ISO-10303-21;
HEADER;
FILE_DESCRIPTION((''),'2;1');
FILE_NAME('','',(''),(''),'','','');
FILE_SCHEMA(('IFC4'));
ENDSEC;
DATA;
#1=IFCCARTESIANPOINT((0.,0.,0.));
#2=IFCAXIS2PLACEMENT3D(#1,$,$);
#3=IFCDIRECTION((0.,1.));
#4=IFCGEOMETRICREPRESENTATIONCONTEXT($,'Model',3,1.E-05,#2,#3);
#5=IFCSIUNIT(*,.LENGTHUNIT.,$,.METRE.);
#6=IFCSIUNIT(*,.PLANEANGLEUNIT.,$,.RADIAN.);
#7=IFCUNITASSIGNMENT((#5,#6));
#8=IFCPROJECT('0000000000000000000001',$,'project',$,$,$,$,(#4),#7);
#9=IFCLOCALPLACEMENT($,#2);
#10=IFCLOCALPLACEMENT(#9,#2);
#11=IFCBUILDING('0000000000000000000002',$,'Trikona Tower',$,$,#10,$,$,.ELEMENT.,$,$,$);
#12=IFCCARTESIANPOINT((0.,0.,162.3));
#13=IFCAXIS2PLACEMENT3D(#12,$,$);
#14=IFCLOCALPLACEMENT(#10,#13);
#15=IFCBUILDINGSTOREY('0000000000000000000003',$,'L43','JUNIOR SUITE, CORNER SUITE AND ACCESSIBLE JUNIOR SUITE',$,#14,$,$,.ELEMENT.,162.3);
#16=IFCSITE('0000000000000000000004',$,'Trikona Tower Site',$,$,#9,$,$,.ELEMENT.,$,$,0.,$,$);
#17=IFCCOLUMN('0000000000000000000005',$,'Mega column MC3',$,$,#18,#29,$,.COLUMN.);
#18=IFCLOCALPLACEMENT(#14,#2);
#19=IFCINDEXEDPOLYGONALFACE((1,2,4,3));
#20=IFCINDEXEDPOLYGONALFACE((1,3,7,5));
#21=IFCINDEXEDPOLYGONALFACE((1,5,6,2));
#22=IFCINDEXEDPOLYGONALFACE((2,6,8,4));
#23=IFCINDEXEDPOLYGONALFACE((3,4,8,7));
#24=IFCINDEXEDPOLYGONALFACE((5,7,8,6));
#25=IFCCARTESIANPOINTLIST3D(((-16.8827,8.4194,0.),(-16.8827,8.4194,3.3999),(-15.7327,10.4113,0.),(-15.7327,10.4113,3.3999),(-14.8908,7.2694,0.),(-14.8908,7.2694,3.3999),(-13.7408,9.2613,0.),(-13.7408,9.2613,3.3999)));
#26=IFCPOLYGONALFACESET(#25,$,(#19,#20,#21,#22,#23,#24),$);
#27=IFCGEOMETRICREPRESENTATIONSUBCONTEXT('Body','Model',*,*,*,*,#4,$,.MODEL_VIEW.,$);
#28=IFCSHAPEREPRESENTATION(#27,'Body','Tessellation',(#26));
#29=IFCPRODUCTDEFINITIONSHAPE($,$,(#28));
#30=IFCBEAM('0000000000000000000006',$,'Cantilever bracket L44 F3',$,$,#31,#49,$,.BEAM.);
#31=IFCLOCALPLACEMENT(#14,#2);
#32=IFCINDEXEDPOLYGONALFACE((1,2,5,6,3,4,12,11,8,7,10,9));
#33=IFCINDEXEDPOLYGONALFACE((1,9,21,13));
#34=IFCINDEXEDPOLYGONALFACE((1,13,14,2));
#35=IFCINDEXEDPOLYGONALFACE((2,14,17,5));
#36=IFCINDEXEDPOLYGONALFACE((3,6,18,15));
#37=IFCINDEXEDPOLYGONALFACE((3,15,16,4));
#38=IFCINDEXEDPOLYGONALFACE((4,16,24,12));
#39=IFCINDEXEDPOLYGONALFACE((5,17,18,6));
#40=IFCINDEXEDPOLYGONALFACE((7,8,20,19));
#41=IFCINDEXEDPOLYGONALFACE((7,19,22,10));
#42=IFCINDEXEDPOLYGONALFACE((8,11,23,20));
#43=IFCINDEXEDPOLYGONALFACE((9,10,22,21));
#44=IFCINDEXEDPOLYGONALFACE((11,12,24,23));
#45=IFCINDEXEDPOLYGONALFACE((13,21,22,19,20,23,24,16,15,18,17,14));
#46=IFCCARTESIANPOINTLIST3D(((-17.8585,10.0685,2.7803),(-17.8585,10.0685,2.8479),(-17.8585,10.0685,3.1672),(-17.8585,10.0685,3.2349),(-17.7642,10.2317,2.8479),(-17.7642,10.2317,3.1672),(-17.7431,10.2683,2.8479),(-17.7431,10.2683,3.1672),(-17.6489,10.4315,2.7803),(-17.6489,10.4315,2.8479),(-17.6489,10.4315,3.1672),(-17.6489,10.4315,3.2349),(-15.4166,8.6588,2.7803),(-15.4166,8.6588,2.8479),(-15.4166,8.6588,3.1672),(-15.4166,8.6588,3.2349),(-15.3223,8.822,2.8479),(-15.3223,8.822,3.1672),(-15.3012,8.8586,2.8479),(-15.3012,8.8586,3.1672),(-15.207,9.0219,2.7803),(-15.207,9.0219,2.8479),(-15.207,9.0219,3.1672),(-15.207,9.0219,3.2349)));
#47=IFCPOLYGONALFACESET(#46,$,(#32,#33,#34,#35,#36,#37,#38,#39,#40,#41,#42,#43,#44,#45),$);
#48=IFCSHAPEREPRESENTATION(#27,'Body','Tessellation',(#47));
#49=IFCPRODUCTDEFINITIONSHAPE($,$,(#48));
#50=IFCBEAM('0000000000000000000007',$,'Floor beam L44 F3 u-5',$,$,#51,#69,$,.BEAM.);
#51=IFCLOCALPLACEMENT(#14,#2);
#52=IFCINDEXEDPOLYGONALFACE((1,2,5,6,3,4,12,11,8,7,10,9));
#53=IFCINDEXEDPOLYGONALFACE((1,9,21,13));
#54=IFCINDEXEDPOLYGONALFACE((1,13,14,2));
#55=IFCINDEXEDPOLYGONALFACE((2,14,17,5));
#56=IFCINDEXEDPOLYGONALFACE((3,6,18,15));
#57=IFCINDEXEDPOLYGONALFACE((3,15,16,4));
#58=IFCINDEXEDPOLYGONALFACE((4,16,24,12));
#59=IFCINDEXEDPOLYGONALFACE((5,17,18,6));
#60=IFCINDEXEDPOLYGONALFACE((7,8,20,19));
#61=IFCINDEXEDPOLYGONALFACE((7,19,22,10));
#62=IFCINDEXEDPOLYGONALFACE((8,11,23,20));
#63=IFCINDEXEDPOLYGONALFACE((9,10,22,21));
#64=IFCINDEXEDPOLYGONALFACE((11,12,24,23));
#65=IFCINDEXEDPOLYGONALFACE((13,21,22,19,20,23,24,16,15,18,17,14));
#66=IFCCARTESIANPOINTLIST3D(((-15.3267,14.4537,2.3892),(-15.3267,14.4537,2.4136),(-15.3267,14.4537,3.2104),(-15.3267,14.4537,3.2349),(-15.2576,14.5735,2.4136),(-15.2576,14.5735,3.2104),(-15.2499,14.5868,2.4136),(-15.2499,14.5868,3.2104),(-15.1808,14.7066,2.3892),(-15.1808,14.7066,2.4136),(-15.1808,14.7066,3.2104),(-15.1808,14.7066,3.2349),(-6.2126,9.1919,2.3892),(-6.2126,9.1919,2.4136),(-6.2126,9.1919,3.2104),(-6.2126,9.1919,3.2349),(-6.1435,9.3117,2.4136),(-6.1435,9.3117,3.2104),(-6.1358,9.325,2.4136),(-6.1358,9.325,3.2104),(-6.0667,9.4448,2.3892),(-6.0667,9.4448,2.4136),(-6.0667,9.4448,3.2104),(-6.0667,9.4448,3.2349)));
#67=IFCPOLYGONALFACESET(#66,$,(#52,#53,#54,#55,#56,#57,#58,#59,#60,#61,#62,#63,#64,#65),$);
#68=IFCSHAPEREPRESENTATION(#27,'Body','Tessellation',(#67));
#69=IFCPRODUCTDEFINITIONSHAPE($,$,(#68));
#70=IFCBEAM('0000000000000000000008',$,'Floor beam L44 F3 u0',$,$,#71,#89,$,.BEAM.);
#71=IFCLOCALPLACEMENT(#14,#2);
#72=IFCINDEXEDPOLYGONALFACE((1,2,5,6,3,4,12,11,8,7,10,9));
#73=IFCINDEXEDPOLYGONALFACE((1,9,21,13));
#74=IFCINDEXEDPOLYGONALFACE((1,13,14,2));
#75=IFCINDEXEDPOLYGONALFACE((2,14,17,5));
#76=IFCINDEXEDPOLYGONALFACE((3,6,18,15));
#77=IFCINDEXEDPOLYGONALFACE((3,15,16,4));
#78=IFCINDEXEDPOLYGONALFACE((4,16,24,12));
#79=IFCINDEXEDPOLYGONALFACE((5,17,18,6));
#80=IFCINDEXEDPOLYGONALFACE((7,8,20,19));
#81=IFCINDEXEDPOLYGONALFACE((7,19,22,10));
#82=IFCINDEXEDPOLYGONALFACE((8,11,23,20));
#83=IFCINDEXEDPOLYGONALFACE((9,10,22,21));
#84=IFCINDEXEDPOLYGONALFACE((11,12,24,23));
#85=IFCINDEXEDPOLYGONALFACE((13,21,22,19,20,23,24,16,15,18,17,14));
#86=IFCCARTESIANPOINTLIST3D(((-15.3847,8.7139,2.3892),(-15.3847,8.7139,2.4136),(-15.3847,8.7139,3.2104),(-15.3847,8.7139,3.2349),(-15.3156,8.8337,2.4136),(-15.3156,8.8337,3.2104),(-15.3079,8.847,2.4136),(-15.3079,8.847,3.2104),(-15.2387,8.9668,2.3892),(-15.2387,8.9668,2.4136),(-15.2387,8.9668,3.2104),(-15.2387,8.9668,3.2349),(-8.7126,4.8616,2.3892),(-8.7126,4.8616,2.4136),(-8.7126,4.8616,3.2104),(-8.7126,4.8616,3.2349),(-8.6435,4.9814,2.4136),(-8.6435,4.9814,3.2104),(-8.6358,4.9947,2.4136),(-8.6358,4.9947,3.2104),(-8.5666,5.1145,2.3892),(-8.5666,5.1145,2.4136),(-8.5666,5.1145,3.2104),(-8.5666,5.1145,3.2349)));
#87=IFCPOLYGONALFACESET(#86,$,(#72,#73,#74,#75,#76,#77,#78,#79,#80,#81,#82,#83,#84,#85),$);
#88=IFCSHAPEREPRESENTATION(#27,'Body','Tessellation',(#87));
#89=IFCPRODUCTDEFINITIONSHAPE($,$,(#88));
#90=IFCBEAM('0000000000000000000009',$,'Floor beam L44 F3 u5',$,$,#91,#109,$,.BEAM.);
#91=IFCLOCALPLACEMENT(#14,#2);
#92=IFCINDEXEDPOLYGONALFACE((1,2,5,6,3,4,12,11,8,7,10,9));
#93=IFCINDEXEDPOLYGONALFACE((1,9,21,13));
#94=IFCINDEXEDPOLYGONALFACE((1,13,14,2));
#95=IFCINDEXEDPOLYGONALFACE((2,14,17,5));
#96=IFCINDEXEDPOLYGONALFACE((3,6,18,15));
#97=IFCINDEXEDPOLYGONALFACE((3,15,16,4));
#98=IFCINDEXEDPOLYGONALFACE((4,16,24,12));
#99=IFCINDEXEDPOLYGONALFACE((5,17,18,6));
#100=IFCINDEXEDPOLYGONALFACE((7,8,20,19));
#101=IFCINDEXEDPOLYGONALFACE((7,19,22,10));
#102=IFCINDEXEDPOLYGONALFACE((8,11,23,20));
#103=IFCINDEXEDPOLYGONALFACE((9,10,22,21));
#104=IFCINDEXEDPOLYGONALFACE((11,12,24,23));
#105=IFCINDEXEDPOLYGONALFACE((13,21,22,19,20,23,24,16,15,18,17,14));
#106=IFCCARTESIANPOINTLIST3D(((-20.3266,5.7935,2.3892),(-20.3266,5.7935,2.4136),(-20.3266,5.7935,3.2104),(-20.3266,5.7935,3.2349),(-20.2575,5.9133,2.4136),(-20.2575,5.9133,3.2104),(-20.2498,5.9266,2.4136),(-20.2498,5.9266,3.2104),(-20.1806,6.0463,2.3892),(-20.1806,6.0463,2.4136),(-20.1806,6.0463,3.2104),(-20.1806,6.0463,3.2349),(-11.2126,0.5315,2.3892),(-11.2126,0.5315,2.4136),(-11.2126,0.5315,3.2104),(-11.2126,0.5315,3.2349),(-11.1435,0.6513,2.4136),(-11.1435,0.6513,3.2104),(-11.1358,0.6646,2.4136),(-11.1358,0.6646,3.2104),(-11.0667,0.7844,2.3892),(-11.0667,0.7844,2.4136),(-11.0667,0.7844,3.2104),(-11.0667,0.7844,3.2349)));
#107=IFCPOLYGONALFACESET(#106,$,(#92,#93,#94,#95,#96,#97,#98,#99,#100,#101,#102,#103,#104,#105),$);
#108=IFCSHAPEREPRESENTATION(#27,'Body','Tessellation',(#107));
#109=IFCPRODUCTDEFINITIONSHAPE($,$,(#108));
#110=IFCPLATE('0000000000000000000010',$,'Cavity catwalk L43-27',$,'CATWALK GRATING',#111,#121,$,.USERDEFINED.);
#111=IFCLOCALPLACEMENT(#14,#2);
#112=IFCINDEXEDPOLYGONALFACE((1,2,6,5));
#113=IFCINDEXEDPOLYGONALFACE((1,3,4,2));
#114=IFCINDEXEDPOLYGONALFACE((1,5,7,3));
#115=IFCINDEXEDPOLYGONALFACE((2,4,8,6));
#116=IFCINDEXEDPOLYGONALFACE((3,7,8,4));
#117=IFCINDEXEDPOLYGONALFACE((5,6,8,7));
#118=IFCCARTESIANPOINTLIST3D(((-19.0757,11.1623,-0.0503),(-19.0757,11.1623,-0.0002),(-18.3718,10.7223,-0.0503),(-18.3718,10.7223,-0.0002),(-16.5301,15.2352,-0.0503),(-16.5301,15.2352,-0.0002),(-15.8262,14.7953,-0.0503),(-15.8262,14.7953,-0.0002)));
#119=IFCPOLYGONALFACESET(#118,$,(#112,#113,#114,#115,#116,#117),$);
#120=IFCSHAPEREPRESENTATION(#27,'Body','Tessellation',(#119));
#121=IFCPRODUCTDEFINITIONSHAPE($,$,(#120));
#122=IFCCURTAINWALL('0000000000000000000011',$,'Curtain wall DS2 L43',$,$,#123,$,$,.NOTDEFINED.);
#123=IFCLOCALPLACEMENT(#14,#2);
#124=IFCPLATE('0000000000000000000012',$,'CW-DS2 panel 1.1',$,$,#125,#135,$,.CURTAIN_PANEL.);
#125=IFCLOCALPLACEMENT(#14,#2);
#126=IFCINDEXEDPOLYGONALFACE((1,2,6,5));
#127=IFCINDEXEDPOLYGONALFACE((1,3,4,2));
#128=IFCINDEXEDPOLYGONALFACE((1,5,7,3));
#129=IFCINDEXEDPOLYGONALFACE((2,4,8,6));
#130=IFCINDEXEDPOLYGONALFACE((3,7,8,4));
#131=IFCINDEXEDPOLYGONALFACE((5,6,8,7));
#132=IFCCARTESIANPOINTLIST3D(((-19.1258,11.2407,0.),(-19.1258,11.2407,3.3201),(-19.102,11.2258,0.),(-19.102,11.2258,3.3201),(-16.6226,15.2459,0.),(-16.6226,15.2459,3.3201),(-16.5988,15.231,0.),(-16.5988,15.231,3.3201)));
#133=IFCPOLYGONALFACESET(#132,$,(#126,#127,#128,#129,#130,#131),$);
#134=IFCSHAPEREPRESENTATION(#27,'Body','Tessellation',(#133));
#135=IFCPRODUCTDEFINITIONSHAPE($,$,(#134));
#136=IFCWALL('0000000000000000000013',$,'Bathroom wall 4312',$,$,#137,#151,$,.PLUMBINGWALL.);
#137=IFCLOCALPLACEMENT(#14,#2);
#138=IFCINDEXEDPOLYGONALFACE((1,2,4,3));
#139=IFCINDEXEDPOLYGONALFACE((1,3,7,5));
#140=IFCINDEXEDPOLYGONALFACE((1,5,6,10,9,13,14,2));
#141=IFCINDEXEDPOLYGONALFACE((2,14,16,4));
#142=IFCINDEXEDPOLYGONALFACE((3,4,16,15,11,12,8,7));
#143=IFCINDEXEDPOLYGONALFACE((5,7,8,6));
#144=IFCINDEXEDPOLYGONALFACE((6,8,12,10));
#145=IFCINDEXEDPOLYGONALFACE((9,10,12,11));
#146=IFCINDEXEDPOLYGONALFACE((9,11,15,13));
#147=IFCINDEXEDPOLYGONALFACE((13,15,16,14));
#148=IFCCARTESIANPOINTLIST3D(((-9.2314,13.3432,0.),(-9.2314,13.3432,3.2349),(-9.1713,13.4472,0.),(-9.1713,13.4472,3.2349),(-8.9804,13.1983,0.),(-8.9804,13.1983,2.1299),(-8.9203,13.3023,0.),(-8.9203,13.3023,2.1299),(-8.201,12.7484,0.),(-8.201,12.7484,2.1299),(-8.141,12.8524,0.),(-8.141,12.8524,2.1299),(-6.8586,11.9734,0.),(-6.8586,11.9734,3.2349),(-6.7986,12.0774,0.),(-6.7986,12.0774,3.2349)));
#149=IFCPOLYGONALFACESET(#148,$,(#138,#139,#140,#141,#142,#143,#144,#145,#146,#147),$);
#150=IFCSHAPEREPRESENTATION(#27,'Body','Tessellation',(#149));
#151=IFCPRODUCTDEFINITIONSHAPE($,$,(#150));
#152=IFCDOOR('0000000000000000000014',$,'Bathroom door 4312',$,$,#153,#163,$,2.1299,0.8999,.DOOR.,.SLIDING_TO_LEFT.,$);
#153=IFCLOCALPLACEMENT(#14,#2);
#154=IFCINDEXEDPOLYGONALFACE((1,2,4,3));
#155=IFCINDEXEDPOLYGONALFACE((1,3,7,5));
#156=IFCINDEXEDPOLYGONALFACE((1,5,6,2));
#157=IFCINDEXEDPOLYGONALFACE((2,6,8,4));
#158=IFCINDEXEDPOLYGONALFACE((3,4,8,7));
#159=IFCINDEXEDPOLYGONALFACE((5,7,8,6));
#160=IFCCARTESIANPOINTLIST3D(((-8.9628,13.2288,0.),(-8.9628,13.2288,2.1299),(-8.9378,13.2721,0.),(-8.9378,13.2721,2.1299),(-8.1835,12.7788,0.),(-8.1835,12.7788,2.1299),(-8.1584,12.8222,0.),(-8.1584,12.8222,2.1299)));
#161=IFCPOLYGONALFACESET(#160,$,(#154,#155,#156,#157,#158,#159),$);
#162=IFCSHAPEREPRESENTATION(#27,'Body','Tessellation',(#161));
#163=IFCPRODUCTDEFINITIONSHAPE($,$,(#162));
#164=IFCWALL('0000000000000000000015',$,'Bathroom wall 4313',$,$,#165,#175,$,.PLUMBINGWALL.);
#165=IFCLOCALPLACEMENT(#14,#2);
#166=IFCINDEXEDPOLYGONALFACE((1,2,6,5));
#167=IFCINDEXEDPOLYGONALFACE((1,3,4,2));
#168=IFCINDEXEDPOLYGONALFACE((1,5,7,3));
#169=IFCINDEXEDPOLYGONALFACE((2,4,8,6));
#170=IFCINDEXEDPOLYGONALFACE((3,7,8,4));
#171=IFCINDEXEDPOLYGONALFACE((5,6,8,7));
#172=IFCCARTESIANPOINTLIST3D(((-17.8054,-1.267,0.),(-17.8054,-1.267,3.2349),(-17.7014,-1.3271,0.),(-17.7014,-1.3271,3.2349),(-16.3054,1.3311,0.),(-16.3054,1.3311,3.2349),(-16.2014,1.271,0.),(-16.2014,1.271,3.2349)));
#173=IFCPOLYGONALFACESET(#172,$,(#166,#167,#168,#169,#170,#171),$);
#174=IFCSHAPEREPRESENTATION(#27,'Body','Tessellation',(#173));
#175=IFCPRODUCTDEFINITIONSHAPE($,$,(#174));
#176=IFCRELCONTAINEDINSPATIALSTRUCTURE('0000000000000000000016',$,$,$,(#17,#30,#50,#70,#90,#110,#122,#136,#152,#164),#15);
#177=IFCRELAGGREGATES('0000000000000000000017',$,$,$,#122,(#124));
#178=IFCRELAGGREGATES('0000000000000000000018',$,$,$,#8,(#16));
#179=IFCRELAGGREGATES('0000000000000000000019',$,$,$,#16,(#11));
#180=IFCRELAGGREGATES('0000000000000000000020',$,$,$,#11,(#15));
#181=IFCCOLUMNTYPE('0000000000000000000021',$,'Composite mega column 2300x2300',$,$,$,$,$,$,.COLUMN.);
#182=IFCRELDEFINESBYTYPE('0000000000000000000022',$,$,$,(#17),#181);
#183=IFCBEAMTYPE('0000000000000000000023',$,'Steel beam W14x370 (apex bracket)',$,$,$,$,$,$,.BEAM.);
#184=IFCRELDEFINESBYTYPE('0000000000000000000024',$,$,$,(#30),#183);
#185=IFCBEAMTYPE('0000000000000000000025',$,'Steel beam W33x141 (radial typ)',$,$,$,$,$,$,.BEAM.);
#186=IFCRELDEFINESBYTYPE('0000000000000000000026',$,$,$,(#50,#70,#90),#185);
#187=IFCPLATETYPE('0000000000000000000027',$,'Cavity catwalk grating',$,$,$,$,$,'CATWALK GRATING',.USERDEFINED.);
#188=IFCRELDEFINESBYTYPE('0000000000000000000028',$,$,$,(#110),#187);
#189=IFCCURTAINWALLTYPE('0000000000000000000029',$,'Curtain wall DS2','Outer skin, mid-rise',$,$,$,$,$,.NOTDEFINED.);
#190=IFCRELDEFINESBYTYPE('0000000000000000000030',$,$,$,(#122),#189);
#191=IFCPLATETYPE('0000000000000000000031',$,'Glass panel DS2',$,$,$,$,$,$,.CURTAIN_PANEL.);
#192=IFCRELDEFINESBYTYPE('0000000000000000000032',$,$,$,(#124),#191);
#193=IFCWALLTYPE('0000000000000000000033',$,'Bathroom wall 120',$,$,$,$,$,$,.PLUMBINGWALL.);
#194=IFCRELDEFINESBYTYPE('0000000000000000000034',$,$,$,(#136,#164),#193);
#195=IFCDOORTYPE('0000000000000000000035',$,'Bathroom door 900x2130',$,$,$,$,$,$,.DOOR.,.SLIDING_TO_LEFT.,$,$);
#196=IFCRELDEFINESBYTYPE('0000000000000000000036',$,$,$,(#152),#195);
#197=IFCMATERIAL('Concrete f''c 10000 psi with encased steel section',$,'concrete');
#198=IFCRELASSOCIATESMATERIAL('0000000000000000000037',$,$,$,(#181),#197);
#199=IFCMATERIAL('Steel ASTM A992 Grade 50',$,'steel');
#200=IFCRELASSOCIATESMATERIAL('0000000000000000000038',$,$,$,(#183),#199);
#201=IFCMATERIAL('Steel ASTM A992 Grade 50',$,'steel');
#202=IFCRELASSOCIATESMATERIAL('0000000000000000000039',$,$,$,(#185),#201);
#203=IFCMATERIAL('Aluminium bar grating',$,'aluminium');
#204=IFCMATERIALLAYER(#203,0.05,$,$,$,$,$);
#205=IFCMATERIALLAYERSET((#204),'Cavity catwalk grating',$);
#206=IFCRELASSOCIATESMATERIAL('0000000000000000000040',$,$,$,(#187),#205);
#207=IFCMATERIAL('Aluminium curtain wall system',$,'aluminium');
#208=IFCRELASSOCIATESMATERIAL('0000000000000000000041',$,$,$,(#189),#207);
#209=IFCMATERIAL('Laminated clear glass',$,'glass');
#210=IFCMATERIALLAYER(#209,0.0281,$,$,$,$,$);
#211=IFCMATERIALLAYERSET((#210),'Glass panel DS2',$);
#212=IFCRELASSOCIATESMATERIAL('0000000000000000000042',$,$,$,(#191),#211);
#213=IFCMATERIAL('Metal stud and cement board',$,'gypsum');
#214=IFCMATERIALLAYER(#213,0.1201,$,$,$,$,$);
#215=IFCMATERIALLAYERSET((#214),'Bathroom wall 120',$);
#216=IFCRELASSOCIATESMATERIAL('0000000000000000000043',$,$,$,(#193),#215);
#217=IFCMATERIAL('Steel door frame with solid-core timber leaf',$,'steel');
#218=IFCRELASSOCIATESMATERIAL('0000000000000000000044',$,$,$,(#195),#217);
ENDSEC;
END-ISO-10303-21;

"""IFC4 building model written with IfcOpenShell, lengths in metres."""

from ifc_helpers import new_model, si_unit, direction, frame, frame_2d, origin, origin_2d, place, context, subcontext, project, spatial, rectangle, i_section, extrude, material, layer, layer_set, material_profile, profile_set, type_object, element, fill, aggregate, save


model = new_model("IFC4")

# Units and contexts
model_context = context("Model", 3, precision=1e-05, world=origin(), true_north=direction((0.0, 1.0)))
body_context = subcontext(model_context, "Body", "Model", "MODEL_VIEW")
ifc_project = project(units=[si_unit("LENGTHUNIT", "METRE"), si_unit("PLANEANGLEUNIT", "RADIAN")], contexts=[model_context])

# Site, building, storey
site_placement = place(None, origin())
site = spatial("IfcSite", under=ifc_project, at=site_placement, Name="Trikona Tower Site", CompositionType="ELEMENT", RefElevation=0.0)
building_placement = place(site_placement, origin())
building = spatial("IfcBuilding", under=site, at=building_placement, Name="Trikona Tower", CompositionType="ELEMENT")
storey_placement = place(building_placement, frame((0.0, 0.0, 162.3)))
storey = spatial("IfcBuildingStorey", under=building, at=storey_placement, Name="L43", Description="JUNIOR SUITE, CORNER SUITE AND ACCESSIBLE JUNIOR SUITE", CompositionType="ELEMENT", Elevation=162.3)

# Column
ifc_material_1 = material(Name="Concrete f'c 10000 psi with encased steel section", Category="concrete")
ifc_material_profile_1 = material_profile(ifc_material_1, rectangle(XDim=2.3, YDim=2.3, at=origin_2d()), Name="MC2300")
ifc_profile_set_1 = profile_set([ifc_material_profile_1], Name="Concrete f'c 10000 psi with encased steel section")
column_type = type_object("IfcColumnType", Name="Composite mega column 2300x2300", PredefinedType="COLUMN", material=ifc_profile_set_1)
column_placement = place(storey_placement, frame((-15.3118, 8.8403, 0.0), z_axis=(0.0, 0.0, 1.0), x_axis=(-0.866025, 0.5, 0.0)))
element("IfcColumn", 1, at=column_placement, inside=storey, type_object=column_type, Name="Mega column MC3", PredefinedType="COLUMN", context=body_context, shape_type="SweptSolid", body=[
    extrude(rectangle(XDim=2.3, YDim=2.3, at=origin_2d()), origin(), (0.0, 0.0, 1.0), 3.3999),
])

# Beams
ifc_material_2 = material(Name="Steel ASTM A992 Grade 50", Category="steel")
ifc_material_profile_2 = material_profile(ifc_material_2, i_section(OverallWidth=0.4192, OverallDepth=0.4546, WebThickness=0.0422, FlangeThickness=0.0676, at=origin_2d()), Name="W14X370")
ifc_profile_set_2 = profile_set([ifc_material_profile_2], Name="Steel ASTM A992 Grade 50")
beam_type_1 = type_object("IfcBeamType", Name="Steel beam W14x370 (apex bracket)", PredefinedType="BEAM", material=ifc_profile_set_2)
beam_1_placement = place(storey_placement, frame((-15.3118, 8.8403, 3.0076), z_axis=(-0.86605, 0.499957, 0.0), x_axis=(-0.499957, -0.86605, 0.0)))
element("IfcBeam", 2, at=beam_1_placement, inside=storey, type_object=beam_type_1, Name="Cantilever bracket L44 F3", PredefinedType="BEAM", context=body_context, shape_type="SweptSolid", body=[
    extrude(i_section(OverallWidth=0.4192, OverallDepth=0.4546, WebThickness=0.0422, FlangeThickness=0.0676, at=origin_2d()), origin(), (0.0, 0.0, 1.0), 2.8196),
])
ifc_material_3 = material(Name="Steel ASTM A992 Grade 50", Category="steel")
ifc_material_profile_3 = material_profile(ifc_material_3, i_section(OverallWidth=0.292, OverallDepth=0.8457, WebThickness=0.0154, FlangeThickness=0.0244, at=origin_2d()), Name="W33X141")
ifc_profile_set_3 = profile_set([ifc_material_profile_3], Name="Steel ASTM A992 Grade 50")
beam_type_2 = type_object("IfcBeamType", Name="Steel beam W33x141 (radial typ)", PredefinedType="BEAM", material=ifc_profile_set_3)
beam_2_placement = place(storey_placement, frame((-6.1396, 9.3184, 2.812), z_axis=(-0.866036, 0.499982, 0.0), x_axis=(-0.499982, -0.866036, 0.0)))
element("IfcBeam", 3, at=beam_2_placement, inside=storey, type_object=beam_type_2, Name="Floor beam L44 F3 u-5", PredefinedType="BEAM", context=body_context, shape_type="SweptSolid", body=[
    extrude(i_section(OverallWidth=0.292, OverallDepth=0.8457, WebThickness=0.0154, FlangeThickness=0.0244, at=origin_2d()), origin(), (0.0, 0.0, 1.0), 10.5239),
])
beam_3_placement = place(storey_placement, frame((-8.6396, 4.988, 2.812), z_axis=(-0.866017, 0.500014, 0.0), x_axis=(-0.500014, -0.866017, 0.0)))
element("IfcBeam", 4, at=beam_3_placement, inside=storey, type_object=beam_type_2, Name="Floor beam L44 F3 u0", PredefinedType="BEAM", context=body_context, shape_type="SweptSolid", body=[
    extrude(i_section(OverallWidth=0.292, OverallDepth=0.8457, WebThickness=0.0154, FlangeThickness=0.0244, at=origin_2d()), origin(), (0.0, 0.0, 1.0), 7.7043),
])
beam_4_placement = place(storey_placement, frame((-11.1396, 0.658, 2.812), z_axis=(-0.866026, 0.499999, 0.0), x_axis=(-0.499999, -0.866026, 0.0)))
element("IfcBeam", 5, at=beam_4_placement, inside=storey, type_object=beam_type_2, Name="Floor beam L44 F3 u5", PredefinedType="BEAM", context=body_context, shape_type="SweptSolid", body=[
    extrude(i_section(OverallWidth=0.292, OverallDepth=0.8457, WebThickness=0.0154, FlangeThickness=0.0244, at=origin_2d()), origin(), (0.0, 0.0, 1.0), 10.5239),
])

# Plate
ifc_material_4 = material(Name="Aluminium bar grating", Category="aluminium")
ifc_layer_1 = layer(ifc_material_4, 0.05)
ifc_layer_set_1 = layer_set([ifc_layer_1], Name="Cavity catwalk grating")
plate_type_1 = type_object("IfcPlateType", Name="Cavity catwalk grating", ElementType="CATWALK GRATING", PredefinedType="USERDEFINED", material=ifc_layer_set_1)
plate_1_placement = place(storey_placement, frame((-17.4509, 12.9788, -0.0503), z_axis=(0.0, 0.0, 1.0), x_axis=(-0.529995, -0.848001, 0.0)))
element("IfcPlate", 6, at=plate_1_placement, inside=storey, type_object=plate_type_1, Name="Cavity catwalk L43-27", ObjectType="CATWALK GRATING", PredefinedType="USERDEFINED", context=body_context, shape_type="SweptSolid", body=[
    extrude(rectangle(XDim=4.803, YDim=0.8301, at=origin_2d()), origin(), (0.0, 0.0, 1.0), 0.05),
])

# Curtain wall, plate
ifc_material_5 = material(Name="Aluminium curtain wall system", Category="aluminium")
curtain_wall_type = type_object("IfcCurtainWallType", Name="Curtain wall DS2", Description="Outer skin, mid-rise", PredefinedType="NOTDEFINED", material=ifc_material_5)
curtain_wall_placement = place(storey_placement, origin())
curtain_wall = element("IfcCurtainWall", 7, at=curtain_wall_placement, inside=storey, type_object=curtain_wall_type, Name="Curtain wall DS2 L43", PredefinedType="NOTDEFINED")
ifc_material_6 = material(Name="Laminated clear glass", Category="glass")
ifc_layer_2 = layer(ifc_material_6, 0.0281)
ifc_layer_set_2 = layer_set([ifc_layer_2], Name="Glass panel DS2")
plate_type_2 = type_object("IfcPlateType", Name="Glass panel DS2", PredefinedType="CURTAIN_PANEL", material=ifc_layer_set_2)
plate_2_placement = place(storey_placement, frame((-17.8623, 13.2358, 0.0), z_axis=(0.0, 0.0, 1.0), x_axis=(-0.529999, -0.847998, 0.0)))
plate_2 = element("IfcPlate", 8, at=plate_2_placement, type_object=plate_type_2, Name="CW-DS2 panel 1.1", PredefinedType="CURTAIN_PANEL", context=body_context, shape_type="SweptSolid", body=[
    extrude(rectangle(XDim=4.7231, YDim=0.0281, at=origin_2d()), origin(), (0.0, 0.0, 1.0), 3.3201),
])
aggregate(curtain_wall, [plate_2])

# Wall, opening, door
ifc_material_7 = material(Name="Metal stud and cement board", Category="gypsum")
ifc_layer_3 = layer(ifc_material_7, 0.1201)
ifc_layer_set_3 = layer_set([ifc_layer_3], Name="Bathroom wall 120")
wall_type_1 = type_object("IfcWallType", Name="Bathroom wall 120", PredefinedType="PLUMBINGWALL", material=ifc_layer_set_3)
wall_1_placement = place(storey_placement, frame((-6.8286, 12.0254, 0.0), z_axis=(0.0, 0.0, 1.0), x_axis=(-0.866036, 0.499982, 0.0)))
wall_1 = element("IfcWall", 9, at=wall_1_placement, inside=storey, type_object=wall_type_1, Name="Bathroom wall 4312", PredefinedType="PLUMBINGWALL", context=body_context, shape_type="SweptSolid", body=[
    extrude(rectangle(XDim=2.7397, YDim=0.1201, at=frame_2d((1.3699, 0.0))), origin(), (0.0, 0.0, 1.0), 3.2349),
])
opening_1_placement = place(wall_1_placement, frame((1.55, 0.0, 0.0)))
opening_1 = element("IfcOpeningElement", 10, at=opening_1_placement, cuts=wall_1, PredefinedType="OPENING", context=body_context, shape_type="SweptSolid", body=[
    extrude(rectangle(XDim=0.8999, YDim=2.1299, at=frame_2d((0.45, 1.0649))), frame((0.0, 0.0701, 0.0), z_axis=(0.0, -1.0, 0.0), x_axis=(1.0, 0.0, 0.0)), (0.0, 0.0, 1.0), 0.1401),
])
ifc_material_8 = material(Name="Steel door frame with solid-core timber leaf", Category="steel")
door_type_1 = type_object("IfcDoorType", Name="Bathroom door 900x2130", OperationType="SLIDING_TO_LEFT", PredefinedType="DOOR", material=ifc_material_8)
door_1_placement = place(opening_1_placement, origin())
door_1 = element("IfcDoor", 11, at=door_1_placement, inside=storey, type_object=door_type_1, Name="Bathroom door 4312", OperationType="SLIDING_TO_LEFT", OverallHeight=2.1299, OverallWidth=0.8999, PredefinedType="DOOR", context=body_context, shape_type="SweptSolid", body=[
    extrude(rectangle(XDim=0.8999, YDim=2.1299, at=frame_2d((0.45, 1.0649))), frame((0.0, 0.0249, 0.0), z_axis=(0.0, -1.0, 0.0), x_axis=(1.0, 0.0, 0.0)), (0.0, 0.0, 1.0), 0.05),
])
fill(opening_1, door_1)

# Wall
wall_2_placement = place(storey_placement, frame((-16.2534, 1.301, 0.0), z_axis=(0.0, 0.0, 1.0), x_axis=(-0.49999, -0.866031, 0.0)))
element("IfcWall", 12, at=wall_2_placement, inside=storey, type_object=wall_type_1, Name="Bathroom wall 4313", PredefinedType="PLUMBINGWALL", context=body_context, shape_type="SweptSolid", body=[
    extrude(rectangle(XDim=3.0, YDim=0.1201, at=frame_2d((1.5, 0.0))), origin(), (0.0, 0.0, 1.0), 3.2349),
])

save(model, "model.ifc")
